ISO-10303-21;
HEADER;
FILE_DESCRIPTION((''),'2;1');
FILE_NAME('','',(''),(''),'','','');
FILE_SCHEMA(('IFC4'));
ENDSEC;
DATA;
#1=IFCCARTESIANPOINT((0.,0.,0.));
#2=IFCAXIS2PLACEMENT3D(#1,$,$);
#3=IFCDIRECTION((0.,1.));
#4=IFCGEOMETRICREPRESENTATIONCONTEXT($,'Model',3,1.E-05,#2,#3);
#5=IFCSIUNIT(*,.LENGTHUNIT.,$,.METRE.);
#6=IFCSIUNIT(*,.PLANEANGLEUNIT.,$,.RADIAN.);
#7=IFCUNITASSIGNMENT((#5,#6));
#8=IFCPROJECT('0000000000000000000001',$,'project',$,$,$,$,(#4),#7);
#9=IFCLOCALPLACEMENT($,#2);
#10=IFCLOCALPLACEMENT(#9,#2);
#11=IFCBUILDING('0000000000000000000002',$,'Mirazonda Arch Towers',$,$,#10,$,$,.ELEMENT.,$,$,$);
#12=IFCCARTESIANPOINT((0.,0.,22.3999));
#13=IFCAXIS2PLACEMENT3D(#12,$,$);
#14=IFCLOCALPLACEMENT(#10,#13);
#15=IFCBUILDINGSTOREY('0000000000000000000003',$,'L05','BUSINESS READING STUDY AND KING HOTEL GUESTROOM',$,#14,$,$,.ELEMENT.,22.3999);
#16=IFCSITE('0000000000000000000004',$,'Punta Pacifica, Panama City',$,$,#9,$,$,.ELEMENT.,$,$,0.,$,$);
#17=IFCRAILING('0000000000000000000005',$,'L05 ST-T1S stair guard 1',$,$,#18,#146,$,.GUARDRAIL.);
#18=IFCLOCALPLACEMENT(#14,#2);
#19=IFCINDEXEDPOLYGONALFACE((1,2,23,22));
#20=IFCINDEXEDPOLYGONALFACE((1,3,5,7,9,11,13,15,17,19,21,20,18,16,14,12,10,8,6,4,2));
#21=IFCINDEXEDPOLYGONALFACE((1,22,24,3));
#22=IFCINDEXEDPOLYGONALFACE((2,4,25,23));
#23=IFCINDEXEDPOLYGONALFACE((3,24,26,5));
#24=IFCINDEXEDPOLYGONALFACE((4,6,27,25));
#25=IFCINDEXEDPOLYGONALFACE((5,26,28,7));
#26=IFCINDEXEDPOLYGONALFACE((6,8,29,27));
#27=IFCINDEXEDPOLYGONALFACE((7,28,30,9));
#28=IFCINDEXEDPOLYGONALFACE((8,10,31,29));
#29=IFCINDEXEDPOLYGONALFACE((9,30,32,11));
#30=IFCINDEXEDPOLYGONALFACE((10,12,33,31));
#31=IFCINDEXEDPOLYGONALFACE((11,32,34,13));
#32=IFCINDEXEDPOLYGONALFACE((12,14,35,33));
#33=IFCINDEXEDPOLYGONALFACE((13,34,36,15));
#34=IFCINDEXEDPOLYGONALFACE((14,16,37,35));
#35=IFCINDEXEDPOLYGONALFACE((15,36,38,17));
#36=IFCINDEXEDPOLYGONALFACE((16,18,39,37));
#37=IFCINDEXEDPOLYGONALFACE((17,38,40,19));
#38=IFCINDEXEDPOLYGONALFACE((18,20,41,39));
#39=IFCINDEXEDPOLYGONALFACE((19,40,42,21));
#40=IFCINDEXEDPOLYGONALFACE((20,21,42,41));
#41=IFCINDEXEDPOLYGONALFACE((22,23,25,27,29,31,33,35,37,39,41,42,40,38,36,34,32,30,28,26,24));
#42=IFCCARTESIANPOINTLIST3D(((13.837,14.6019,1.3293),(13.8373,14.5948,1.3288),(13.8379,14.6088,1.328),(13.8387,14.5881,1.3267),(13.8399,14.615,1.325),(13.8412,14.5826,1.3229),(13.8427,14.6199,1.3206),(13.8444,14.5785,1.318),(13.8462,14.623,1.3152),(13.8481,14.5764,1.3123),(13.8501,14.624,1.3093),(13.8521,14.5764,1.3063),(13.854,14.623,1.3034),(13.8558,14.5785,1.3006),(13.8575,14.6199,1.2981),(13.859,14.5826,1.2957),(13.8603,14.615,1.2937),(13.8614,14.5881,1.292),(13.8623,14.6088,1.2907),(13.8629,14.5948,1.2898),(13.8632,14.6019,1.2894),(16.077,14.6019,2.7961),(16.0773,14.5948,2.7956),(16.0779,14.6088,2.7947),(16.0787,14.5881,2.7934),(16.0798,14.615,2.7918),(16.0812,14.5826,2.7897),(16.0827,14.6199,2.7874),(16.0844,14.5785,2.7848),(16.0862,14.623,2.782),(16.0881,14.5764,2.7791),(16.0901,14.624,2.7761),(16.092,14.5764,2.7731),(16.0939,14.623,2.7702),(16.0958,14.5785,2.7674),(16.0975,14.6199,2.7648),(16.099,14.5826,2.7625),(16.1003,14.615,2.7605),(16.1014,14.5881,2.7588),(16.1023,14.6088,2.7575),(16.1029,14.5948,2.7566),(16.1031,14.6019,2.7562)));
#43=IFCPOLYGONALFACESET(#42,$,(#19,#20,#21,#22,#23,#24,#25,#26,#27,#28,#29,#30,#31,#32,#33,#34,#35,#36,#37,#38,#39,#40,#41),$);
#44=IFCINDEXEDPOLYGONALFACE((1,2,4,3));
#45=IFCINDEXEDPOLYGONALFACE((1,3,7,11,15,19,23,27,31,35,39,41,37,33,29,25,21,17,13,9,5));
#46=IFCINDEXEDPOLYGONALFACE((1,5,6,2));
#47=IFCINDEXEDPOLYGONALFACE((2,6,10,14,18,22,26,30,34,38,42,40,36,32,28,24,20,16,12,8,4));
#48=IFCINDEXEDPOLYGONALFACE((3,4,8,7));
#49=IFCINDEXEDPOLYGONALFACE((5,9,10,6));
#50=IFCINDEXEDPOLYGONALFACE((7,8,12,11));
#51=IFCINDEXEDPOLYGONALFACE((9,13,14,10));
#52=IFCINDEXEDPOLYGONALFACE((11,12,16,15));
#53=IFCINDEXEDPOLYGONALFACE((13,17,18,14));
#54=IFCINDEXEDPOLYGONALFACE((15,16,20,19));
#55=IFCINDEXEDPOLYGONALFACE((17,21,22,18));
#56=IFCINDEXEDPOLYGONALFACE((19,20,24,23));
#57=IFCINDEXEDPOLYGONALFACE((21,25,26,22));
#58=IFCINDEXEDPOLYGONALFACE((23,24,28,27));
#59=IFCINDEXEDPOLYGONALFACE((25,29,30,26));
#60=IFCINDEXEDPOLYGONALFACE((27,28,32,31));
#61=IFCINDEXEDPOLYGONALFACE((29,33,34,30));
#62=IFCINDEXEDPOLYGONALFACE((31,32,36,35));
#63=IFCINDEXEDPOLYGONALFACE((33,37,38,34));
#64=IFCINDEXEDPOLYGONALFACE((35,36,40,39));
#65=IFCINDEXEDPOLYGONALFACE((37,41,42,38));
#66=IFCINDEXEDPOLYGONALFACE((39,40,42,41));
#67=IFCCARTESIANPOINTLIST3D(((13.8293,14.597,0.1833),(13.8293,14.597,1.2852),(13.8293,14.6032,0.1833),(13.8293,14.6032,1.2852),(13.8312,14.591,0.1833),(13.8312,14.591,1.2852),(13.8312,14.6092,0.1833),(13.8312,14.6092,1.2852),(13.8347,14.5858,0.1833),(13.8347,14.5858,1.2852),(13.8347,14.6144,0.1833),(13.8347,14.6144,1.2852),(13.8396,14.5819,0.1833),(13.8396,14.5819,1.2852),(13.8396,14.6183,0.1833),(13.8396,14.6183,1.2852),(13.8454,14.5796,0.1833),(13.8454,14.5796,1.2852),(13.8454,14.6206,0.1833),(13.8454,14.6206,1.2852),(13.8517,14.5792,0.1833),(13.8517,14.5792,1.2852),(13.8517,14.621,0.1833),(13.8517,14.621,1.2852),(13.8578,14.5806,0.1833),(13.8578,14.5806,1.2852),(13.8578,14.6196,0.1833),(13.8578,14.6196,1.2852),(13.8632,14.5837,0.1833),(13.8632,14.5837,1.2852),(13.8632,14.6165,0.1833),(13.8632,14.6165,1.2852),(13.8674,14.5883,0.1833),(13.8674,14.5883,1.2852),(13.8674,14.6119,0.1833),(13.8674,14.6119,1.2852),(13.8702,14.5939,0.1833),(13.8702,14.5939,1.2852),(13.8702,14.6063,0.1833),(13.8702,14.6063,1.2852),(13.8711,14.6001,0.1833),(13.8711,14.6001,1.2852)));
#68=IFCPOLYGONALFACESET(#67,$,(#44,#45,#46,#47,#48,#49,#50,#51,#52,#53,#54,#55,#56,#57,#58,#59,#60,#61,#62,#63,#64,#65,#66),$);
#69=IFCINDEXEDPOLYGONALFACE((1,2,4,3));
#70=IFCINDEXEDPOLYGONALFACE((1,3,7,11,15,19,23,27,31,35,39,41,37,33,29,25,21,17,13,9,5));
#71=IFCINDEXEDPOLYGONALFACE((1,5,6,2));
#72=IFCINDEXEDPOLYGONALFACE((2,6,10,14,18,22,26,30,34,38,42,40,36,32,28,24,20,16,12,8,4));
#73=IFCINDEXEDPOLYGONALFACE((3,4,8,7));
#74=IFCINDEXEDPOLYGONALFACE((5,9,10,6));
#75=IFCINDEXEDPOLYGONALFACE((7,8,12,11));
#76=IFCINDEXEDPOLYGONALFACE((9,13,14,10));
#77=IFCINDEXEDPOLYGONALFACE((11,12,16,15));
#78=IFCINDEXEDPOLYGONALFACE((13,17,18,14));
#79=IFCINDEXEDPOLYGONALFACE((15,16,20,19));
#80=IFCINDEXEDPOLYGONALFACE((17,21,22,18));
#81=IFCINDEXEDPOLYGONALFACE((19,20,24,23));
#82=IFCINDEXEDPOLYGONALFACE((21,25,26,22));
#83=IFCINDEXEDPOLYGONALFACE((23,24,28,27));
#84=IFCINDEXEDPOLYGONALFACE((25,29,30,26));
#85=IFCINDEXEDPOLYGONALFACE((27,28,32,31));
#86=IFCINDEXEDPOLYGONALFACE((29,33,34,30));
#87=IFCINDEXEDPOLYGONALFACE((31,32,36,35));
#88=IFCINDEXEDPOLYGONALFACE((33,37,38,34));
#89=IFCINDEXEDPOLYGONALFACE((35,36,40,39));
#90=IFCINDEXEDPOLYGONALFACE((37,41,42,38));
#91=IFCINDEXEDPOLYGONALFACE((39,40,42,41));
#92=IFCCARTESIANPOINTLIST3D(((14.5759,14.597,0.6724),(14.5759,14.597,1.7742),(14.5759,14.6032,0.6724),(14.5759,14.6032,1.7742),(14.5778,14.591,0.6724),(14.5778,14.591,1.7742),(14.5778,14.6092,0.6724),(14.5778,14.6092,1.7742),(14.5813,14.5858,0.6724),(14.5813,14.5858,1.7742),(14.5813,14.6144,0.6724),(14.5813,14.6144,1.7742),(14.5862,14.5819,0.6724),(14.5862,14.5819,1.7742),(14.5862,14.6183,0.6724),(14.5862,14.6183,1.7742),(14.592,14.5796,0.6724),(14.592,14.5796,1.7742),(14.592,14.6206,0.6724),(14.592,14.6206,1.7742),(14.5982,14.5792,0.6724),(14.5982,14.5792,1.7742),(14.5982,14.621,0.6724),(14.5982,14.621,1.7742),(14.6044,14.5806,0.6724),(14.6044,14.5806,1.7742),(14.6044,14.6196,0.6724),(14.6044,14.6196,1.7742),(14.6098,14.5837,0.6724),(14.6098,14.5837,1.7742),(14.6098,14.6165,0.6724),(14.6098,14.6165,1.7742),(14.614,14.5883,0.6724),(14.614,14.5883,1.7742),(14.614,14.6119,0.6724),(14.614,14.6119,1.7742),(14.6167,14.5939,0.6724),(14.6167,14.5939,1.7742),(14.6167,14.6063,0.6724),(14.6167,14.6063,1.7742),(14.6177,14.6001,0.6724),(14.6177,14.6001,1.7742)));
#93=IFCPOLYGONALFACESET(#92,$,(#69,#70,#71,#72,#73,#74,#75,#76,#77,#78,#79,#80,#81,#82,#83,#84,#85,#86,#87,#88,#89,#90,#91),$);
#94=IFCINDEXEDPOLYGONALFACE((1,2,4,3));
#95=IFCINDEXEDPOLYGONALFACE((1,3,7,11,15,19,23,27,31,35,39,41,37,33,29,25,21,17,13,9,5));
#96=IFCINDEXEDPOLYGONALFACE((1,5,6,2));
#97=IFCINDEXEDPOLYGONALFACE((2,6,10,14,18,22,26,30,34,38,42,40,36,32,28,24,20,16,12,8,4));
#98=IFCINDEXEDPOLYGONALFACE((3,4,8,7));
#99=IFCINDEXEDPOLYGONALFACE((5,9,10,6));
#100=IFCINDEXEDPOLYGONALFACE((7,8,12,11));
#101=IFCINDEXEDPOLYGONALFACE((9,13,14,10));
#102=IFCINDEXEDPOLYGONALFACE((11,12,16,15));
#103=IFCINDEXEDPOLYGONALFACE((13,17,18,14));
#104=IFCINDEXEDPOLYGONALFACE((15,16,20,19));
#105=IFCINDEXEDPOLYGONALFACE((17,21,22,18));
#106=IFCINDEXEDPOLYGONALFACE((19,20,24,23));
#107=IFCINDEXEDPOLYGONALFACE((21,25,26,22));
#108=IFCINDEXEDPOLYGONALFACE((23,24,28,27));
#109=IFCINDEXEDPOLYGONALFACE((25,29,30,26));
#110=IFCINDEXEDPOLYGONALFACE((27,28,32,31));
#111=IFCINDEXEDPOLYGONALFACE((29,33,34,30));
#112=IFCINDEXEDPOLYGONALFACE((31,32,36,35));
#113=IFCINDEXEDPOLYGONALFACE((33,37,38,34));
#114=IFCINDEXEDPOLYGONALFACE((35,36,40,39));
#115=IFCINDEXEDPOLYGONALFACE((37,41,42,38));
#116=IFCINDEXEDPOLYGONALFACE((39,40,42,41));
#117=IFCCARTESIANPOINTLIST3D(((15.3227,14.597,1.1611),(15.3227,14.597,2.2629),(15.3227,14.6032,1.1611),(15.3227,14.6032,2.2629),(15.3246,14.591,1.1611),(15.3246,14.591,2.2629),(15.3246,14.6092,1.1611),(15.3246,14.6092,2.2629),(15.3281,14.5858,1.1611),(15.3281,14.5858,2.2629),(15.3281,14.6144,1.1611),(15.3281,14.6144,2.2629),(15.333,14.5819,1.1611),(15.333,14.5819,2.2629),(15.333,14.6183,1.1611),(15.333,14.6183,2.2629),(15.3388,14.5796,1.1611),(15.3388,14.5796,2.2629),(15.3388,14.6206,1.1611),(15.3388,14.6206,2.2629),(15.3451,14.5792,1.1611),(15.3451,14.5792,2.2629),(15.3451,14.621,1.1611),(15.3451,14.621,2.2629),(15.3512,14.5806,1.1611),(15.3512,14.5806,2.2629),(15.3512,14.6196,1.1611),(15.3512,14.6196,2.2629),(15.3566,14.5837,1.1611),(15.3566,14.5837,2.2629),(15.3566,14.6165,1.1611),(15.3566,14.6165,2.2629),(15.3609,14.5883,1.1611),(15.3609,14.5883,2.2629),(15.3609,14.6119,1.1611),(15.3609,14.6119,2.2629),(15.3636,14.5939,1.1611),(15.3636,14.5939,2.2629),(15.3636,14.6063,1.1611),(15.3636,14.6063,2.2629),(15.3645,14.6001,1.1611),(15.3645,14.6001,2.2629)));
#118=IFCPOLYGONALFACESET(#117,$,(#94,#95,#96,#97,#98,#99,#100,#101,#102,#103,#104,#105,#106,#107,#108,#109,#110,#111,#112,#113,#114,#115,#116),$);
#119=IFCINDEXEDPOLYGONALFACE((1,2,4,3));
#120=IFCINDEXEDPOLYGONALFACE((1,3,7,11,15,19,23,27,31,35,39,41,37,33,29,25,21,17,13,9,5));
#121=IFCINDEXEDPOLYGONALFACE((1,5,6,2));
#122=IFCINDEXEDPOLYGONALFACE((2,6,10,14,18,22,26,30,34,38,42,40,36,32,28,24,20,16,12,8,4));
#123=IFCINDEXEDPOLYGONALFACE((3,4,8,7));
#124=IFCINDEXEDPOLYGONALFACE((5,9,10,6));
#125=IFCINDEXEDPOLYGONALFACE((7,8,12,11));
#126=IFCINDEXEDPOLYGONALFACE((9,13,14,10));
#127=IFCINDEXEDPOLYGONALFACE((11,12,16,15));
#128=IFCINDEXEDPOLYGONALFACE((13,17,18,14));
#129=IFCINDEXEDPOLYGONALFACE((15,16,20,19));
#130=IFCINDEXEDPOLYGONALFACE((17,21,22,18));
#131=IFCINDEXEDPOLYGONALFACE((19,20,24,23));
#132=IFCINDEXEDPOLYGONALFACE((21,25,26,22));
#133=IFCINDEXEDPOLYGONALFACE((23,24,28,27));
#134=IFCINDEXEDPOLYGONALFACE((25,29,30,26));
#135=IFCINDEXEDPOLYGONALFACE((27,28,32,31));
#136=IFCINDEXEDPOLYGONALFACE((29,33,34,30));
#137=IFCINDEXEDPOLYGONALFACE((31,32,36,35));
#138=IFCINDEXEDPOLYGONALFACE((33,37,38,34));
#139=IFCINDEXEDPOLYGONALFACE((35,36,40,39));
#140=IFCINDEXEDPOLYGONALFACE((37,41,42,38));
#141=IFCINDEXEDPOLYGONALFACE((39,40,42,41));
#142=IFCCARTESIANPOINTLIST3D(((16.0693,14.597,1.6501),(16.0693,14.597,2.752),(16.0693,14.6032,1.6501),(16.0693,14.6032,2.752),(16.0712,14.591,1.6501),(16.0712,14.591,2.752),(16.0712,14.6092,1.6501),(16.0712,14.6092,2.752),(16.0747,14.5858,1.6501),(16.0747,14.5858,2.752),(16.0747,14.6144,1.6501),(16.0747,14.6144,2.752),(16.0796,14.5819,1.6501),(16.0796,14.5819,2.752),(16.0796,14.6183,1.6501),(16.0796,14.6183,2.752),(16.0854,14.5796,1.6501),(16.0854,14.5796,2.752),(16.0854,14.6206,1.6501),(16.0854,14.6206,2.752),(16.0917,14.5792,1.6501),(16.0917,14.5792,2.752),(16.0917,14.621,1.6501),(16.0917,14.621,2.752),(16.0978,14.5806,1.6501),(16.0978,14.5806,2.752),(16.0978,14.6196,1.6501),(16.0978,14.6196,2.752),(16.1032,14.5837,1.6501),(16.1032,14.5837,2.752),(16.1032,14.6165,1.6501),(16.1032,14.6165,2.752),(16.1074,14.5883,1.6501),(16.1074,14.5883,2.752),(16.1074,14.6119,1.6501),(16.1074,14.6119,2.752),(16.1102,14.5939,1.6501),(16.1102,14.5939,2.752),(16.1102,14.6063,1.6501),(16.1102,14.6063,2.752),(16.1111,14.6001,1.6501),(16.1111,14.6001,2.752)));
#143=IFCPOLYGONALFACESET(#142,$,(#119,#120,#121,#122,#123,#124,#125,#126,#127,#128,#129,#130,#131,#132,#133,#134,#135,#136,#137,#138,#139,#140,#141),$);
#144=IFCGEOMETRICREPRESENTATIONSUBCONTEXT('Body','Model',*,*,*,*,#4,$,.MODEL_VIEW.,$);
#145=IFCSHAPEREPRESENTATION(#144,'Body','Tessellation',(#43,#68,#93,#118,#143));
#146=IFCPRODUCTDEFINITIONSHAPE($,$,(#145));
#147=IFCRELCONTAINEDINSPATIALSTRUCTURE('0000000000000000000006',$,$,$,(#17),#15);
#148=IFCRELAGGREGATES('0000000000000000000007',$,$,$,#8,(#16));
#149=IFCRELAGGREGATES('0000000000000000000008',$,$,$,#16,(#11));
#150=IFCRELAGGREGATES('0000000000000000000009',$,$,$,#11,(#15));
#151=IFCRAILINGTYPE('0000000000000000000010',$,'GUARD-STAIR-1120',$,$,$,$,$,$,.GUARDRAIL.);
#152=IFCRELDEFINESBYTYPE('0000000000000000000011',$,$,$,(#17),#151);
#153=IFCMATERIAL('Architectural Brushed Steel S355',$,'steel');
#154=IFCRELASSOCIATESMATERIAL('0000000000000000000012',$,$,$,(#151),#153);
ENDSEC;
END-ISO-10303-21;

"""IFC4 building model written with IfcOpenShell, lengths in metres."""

from ifc_helpers import new_model, si_unit, direction, frame, origin, origin_2d, place, context, subcontext, project, spatial, circle, extrude, material, type_object, element, save


model = new_model("IFC4")

# Units and contexts
model_context = context("Model", 3, precision=1e-05, world=origin(), true_north=direction((0.0, 1.0)))
body_context = subcontext(model_context, "Body", "Model", "MODEL_VIEW")
ifc_project = project(units=[si_unit("LENGTHUNIT", "METRE"), si_unit("PLANEANGLEUNIT", "RADIAN")], contexts=[model_context])

# Site, building, storey
site_placement = place(None, origin())
site = spatial("IfcSite", under=ifc_project, at=site_placement, Name="Punta Pacifica, Panama City", CompositionType="ELEMENT", RefElevation=0.0)
building_placement = place(site_placement, origin())
building = spatial("IfcBuilding", under=site, at=building_placement, Name="Mirazonda Arch Towers", CompositionType="ELEMENT")
storey_placement = place(building_placement, frame((0.0, 0.0, 22.3999)))
storey = spatial("IfcBuildingStorey", under=building, at=storey_placement, Name="L05", Description="BUSINESS READING STUDY AND KING HOTEL GUESTROOM", CompositionType="ELEMENT", Elevation=22.3999)

# Shared definitions
ifc_material_1 = material(Name="Architectural Brushed Steel S355", Category="steel")

# Railing
railing_type_1 = type_object("IfcRailingType", Name="GUARD-STAIR-1120", PredefinedType="GUARDRAIL", material=ifc_material_1)
railing_1_placement = place(storey_placement, frame((13.8501, 14.6001, 0.1833)))
element("IfcRailing", 1, at=railing_1_placement, inside=storey, type_object=railing_type_1, Name="L05 ST-T1S stair guard 1", PredefinedType="GUARDRAIL", context=body_context, shape_type="SweptSolid", body=[
    extrude(circle(Radius=0.0239, at=origin_2d()), frame((0.0, 0.0, 1.126), z_axis=(0.836595, 0.0, 0.547822), x_axis=(0.0, 1.0, 0.0)), (0.0, 0.0, 1.0), 2.6775),
    extrude(circle(Radius=0.021, at=origin_2d()), origin(), (0.0, 0.0, 1.0), 1.1018),
    extrude(circle(Radius=0.021, at=origin_2d()), frame((0.7466, 0.0, 0.489)), (0.0, 0.0, 1.0), 1.1018),
    extrude(circle(Radius=0.021, at=origin_2d()), frame((1.4934, 0.0, 0.9778)), (0.0, 0.0, 1.0), 1.1018),
    extrude(circle(Radius=0.021, at=origin_2d()), frame((2.24, 0.0, 1.4668)), (0.0, 0.0, 1.0), 1.1018),
])

save(model, "model.ifc")
